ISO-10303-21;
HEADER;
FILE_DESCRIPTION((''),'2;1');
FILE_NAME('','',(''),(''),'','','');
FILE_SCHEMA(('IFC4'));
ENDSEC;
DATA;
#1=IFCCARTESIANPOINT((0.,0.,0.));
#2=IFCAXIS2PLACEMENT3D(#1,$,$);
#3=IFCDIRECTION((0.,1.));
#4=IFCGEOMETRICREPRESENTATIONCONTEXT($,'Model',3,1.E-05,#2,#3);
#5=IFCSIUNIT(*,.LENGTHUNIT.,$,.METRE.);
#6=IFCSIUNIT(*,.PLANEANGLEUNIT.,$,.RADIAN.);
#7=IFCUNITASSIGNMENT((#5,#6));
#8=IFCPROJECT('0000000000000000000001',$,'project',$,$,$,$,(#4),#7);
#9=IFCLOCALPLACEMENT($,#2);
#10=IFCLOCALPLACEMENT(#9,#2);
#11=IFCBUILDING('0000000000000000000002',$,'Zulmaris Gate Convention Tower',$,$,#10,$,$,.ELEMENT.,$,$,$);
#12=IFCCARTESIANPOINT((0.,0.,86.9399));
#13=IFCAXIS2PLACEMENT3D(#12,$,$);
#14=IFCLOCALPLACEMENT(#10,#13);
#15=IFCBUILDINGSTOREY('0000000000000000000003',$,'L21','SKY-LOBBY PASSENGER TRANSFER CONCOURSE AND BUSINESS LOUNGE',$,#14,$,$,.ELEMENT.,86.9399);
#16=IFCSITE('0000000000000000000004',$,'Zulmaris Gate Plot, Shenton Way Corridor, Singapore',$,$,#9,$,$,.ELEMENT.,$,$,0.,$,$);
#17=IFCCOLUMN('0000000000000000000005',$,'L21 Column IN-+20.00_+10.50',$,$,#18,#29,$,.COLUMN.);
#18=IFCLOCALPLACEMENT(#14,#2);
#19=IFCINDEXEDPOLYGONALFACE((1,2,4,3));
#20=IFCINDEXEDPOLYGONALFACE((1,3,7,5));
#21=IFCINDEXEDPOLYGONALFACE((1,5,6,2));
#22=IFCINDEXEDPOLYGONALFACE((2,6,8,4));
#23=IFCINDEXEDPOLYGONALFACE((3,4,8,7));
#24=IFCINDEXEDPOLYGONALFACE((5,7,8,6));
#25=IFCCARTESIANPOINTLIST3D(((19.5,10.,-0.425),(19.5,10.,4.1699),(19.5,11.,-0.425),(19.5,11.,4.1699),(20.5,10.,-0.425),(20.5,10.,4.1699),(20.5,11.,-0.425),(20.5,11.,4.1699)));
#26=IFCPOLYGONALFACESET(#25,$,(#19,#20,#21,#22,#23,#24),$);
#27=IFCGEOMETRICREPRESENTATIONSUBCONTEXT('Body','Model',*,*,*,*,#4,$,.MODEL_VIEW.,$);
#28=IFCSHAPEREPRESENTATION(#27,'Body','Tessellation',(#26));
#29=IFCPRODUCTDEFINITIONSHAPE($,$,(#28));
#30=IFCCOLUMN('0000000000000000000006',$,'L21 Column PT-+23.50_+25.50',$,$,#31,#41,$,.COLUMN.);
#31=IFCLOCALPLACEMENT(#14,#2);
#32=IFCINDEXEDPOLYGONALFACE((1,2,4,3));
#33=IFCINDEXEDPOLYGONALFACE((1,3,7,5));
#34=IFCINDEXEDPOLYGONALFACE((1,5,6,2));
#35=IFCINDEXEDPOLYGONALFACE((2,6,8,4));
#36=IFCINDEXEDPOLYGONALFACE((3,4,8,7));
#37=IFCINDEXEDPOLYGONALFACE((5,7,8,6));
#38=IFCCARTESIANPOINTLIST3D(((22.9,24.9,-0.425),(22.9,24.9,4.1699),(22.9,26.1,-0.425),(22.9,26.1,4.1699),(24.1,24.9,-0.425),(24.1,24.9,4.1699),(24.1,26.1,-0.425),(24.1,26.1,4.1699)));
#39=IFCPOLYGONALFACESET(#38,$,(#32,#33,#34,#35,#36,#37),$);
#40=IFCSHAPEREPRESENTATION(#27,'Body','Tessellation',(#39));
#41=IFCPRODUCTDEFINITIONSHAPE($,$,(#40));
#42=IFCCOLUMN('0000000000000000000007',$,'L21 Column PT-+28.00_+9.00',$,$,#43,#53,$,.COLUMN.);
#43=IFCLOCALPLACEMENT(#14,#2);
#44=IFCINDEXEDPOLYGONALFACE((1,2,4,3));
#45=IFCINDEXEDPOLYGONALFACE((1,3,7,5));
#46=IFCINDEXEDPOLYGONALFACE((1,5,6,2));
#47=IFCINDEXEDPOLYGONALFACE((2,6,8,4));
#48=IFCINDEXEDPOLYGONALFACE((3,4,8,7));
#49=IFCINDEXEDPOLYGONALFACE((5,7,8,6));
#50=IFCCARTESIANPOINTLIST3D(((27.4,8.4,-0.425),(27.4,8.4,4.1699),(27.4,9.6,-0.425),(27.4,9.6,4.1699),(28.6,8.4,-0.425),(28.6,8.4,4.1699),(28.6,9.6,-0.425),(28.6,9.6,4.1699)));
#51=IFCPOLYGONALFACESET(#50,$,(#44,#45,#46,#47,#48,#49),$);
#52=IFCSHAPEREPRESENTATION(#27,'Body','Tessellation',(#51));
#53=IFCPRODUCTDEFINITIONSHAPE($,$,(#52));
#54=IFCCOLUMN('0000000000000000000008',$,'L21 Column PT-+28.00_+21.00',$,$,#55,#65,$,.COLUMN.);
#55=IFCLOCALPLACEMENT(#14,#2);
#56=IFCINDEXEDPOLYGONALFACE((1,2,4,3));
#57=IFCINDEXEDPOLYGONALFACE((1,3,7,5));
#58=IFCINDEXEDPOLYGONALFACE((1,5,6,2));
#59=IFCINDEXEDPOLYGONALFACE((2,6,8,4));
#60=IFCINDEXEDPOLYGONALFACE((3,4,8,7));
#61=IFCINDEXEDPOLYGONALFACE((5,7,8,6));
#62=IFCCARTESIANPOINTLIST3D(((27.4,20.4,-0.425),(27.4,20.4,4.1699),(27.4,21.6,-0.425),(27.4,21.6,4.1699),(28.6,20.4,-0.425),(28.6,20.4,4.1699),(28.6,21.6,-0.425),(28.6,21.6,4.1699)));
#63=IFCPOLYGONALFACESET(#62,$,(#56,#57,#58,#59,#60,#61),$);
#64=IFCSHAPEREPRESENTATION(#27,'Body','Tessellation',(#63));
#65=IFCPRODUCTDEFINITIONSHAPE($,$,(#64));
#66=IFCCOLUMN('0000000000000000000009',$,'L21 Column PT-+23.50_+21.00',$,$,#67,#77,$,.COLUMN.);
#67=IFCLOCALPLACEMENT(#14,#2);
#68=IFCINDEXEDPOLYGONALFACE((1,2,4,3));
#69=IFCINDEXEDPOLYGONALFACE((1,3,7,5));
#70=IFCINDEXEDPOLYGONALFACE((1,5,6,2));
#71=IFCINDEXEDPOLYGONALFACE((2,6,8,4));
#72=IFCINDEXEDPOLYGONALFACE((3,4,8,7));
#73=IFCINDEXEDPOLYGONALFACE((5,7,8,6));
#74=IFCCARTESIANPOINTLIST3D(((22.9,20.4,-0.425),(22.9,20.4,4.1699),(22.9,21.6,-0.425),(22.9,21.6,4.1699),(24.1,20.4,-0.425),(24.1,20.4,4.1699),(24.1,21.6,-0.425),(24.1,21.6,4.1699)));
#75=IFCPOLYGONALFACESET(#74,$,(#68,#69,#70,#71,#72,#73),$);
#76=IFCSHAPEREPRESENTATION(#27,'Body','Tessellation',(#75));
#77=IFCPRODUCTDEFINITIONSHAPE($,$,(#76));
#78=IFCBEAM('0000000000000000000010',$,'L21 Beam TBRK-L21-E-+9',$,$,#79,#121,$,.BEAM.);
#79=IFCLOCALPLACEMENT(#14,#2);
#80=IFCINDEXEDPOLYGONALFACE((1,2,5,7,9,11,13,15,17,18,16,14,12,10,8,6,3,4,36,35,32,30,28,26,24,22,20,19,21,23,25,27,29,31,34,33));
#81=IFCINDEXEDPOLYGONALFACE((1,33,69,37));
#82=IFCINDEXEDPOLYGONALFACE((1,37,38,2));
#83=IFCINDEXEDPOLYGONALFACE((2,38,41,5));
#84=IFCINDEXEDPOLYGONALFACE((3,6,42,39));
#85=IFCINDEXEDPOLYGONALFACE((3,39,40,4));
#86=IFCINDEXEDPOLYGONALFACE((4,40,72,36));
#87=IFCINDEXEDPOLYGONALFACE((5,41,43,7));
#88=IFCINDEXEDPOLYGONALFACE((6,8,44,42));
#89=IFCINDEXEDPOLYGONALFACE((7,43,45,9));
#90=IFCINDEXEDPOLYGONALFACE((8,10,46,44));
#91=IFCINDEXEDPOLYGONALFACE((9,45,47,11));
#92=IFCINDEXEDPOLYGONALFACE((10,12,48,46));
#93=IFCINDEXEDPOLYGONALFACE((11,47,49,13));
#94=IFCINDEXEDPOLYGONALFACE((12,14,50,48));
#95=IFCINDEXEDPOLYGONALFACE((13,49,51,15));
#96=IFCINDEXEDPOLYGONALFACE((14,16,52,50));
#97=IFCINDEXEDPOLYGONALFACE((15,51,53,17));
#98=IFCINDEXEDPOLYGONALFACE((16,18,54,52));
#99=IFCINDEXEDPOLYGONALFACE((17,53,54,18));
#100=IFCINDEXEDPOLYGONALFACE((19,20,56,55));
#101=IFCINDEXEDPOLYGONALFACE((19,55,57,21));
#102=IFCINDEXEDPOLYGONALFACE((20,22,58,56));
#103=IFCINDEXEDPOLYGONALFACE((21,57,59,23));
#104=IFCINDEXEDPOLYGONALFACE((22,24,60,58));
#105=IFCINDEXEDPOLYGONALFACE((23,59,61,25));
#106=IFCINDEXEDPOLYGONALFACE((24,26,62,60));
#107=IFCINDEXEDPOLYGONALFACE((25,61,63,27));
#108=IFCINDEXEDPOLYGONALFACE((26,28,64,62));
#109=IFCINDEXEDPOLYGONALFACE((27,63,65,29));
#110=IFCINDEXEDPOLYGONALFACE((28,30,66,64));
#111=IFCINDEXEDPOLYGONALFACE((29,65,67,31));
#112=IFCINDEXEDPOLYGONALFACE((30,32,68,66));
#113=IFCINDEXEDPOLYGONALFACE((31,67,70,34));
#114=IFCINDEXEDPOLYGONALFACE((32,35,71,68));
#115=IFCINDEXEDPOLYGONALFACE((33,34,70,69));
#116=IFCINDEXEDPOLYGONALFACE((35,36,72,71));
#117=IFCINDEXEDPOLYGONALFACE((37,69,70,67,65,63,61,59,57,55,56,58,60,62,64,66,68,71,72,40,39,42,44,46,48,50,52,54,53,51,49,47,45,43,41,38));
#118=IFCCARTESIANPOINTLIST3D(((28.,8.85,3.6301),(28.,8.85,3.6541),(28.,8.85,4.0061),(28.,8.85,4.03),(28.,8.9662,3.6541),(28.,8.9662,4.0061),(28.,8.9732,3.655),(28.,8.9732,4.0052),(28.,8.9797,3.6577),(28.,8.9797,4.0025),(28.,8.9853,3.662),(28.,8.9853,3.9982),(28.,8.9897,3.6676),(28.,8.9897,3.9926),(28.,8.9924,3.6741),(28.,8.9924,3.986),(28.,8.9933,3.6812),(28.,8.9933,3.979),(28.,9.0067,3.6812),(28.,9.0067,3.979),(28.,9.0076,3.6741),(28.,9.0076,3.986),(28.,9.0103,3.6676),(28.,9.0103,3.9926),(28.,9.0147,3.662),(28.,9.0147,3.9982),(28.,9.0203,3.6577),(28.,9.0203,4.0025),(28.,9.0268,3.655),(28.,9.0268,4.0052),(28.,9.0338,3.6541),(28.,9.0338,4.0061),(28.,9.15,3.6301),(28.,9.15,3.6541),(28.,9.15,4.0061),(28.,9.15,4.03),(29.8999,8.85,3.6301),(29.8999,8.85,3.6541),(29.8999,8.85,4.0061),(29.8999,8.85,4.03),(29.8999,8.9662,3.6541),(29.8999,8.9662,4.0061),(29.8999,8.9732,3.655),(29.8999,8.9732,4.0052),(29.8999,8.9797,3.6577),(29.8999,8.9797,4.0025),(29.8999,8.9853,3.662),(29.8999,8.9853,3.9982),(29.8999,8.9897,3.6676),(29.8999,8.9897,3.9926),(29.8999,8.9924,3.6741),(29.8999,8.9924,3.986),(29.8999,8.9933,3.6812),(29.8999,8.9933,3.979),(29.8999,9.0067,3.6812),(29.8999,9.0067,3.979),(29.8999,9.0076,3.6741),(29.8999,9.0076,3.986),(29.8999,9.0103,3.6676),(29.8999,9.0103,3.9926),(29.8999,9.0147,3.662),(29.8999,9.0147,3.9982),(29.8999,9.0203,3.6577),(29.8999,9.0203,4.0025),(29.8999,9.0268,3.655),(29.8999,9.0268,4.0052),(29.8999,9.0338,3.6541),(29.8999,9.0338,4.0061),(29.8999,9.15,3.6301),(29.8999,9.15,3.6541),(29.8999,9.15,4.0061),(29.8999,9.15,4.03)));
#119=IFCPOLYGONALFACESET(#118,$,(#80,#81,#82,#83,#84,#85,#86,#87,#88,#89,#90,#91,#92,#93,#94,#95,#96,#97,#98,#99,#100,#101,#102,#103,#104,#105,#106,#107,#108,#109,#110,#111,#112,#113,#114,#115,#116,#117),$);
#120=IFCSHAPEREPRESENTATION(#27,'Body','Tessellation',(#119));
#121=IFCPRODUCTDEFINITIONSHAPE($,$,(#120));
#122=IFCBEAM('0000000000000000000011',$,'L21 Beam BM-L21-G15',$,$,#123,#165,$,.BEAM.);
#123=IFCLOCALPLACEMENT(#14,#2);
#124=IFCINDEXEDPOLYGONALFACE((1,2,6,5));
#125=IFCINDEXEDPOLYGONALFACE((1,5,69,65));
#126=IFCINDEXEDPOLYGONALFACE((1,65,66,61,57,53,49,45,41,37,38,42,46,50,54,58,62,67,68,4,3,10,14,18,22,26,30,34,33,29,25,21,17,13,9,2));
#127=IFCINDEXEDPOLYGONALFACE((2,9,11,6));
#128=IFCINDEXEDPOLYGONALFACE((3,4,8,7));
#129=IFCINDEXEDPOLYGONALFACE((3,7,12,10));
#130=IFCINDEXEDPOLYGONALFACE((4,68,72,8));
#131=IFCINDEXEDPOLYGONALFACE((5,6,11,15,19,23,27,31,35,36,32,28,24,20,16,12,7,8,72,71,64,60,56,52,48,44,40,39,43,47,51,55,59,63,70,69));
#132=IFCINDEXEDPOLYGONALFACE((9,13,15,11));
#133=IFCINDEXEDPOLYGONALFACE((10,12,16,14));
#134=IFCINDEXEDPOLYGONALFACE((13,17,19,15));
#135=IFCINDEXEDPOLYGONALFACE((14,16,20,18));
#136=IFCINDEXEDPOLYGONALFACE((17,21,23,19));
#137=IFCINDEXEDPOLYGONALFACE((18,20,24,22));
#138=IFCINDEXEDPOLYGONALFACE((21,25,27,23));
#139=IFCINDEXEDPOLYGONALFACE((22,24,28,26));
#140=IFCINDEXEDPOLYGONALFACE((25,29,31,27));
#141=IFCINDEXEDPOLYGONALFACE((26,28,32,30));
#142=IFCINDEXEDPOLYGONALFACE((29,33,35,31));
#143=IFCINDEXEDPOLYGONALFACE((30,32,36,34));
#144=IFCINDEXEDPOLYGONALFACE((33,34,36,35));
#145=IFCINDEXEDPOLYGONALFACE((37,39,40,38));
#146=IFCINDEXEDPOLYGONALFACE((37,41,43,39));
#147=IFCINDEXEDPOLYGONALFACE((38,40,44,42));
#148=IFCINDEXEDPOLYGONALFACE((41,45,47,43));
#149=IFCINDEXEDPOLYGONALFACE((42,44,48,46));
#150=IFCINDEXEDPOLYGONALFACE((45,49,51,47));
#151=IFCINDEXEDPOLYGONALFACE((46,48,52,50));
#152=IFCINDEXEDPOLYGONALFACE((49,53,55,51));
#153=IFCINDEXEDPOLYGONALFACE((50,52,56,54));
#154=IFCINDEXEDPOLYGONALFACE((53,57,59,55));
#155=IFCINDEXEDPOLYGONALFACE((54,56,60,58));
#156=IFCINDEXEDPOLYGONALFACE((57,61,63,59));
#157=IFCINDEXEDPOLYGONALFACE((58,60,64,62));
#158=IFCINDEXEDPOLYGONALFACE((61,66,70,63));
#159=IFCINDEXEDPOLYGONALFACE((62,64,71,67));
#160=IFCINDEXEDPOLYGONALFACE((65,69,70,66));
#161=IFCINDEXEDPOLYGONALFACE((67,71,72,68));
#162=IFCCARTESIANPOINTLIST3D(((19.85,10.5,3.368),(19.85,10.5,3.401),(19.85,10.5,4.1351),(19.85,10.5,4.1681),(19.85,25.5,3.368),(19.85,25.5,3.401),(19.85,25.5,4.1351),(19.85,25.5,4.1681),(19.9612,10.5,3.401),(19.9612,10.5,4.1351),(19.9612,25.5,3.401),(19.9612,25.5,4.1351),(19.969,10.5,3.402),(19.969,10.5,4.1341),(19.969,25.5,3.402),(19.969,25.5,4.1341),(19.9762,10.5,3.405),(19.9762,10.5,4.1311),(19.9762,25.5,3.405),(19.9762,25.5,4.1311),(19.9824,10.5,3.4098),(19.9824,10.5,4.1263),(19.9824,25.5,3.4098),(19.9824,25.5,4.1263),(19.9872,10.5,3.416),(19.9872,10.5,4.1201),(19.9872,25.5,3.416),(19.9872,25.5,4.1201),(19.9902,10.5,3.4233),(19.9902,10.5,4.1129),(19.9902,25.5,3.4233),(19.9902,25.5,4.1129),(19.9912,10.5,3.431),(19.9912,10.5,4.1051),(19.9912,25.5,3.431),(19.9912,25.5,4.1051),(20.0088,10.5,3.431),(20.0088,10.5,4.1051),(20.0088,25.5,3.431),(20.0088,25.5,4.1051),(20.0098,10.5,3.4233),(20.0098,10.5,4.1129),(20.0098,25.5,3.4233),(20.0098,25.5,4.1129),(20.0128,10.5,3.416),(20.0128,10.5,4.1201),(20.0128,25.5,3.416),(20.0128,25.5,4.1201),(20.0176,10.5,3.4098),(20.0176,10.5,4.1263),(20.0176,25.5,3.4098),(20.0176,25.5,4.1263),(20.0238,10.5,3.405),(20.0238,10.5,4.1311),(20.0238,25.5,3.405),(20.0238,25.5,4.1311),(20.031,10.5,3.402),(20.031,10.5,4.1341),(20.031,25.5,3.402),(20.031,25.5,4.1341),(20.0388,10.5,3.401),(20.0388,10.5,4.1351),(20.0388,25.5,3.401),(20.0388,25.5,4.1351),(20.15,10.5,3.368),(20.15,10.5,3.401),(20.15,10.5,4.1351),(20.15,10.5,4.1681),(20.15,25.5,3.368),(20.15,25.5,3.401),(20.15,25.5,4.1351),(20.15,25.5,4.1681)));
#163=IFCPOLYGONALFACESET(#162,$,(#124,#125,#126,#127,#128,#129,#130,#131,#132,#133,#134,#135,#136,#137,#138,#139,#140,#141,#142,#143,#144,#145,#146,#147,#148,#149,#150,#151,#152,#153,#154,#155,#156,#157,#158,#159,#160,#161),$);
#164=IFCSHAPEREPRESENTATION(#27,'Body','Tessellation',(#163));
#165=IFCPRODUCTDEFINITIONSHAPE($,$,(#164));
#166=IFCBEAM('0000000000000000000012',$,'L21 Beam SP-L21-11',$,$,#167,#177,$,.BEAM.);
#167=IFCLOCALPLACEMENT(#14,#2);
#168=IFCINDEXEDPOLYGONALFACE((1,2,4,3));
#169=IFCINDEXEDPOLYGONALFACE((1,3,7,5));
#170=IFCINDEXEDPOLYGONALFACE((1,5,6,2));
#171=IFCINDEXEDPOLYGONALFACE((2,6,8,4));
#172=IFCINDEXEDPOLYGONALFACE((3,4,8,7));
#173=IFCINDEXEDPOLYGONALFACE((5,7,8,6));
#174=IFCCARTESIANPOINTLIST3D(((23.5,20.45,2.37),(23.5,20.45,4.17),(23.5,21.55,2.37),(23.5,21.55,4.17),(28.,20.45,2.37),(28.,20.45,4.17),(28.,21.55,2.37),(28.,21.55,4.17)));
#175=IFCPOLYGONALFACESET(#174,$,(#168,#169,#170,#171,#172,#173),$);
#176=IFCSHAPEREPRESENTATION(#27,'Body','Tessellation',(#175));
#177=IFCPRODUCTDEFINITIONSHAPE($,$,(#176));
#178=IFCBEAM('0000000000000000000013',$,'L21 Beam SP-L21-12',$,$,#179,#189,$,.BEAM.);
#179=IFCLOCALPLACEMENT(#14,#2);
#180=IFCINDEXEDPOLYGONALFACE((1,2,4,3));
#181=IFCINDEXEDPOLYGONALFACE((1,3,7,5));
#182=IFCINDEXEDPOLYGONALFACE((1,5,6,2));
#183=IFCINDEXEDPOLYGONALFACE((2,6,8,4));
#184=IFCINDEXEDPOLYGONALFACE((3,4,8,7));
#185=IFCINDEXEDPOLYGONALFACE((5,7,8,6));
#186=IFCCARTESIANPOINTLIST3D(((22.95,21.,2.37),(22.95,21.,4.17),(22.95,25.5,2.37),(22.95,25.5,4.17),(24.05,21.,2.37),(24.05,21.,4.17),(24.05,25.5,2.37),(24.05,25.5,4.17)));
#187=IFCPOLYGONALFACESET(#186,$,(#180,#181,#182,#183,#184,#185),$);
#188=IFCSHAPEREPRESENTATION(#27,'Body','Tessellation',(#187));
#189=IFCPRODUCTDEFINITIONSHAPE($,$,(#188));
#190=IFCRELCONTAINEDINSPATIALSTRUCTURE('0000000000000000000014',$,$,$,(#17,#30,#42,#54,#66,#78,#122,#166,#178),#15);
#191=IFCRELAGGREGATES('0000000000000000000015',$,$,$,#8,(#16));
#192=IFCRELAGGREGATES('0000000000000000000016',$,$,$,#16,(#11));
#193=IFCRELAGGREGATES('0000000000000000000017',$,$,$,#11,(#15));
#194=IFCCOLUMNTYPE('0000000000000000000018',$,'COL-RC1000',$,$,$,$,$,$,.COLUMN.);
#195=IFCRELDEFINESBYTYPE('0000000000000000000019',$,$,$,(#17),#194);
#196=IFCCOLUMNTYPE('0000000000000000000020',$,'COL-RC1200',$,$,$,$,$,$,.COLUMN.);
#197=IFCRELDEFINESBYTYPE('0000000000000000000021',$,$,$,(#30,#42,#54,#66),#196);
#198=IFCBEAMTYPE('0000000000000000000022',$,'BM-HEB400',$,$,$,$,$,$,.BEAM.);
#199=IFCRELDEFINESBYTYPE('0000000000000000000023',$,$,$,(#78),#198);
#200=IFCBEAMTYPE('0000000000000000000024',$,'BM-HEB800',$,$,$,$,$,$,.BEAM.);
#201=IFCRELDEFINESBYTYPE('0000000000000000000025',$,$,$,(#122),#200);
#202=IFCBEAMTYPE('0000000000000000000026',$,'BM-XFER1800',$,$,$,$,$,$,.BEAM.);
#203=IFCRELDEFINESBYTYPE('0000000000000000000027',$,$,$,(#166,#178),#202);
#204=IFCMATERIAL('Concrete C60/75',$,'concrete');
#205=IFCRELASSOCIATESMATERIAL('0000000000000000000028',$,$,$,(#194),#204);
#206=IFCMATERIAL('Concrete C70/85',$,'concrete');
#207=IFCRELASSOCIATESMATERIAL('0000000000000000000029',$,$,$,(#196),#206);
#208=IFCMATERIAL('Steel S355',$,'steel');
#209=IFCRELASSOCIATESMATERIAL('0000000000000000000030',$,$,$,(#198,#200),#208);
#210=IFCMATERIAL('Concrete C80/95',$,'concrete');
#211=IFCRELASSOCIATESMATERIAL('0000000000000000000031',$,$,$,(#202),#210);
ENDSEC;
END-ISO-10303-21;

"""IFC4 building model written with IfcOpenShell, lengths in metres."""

from ifc_helpers import new_model, si_unit, direction, frame, origin, origin_2d, place, context, subcontext, project, spatial, rectangle, i_section, extrude, material, material_profile, profile_set, type_object, element, save


model = new_model("IFC4")

# Units and contexts
model_context = context("Model", 3, precision=1e-05, world=origin(), true_north=direction((0.0, 1.0)))
body_context = subcontext(model_context, "Body", "Model", "MODEL_VIEW")
ifc_project = project(units=[si_unit("LENGTHUNIT", "METRE"), si_unit("PLANEANGLEUNIT", "RADIAN")], contexts=[model_context])

# Site, building, storey
site_placement = place(None, origin())
site = spatial("IfcSite", under=ifc_project, at=site_placement, Name="Zulmaris Gate Plot, Shenton Way Corridor, Singapore", CompositionType="ELEMENT", RefElevation=0.0)
building_placement = place(site_placement, origin())
building = spatial("IfcBuilding", under=site, at=building_placement, Name="Zulmaris Gate Convention Tower", CompositionType="ELEMENT")
storey_placement = place(building_placement, frame((0.0, 0.0, 86.9399)))
storey = spatial("IfcBuildingStorey", under=building, at=storey_placement, Name="L21", Description="SKY-LOBBY PASSENGER TRANSFER CONCOURSE AND BUSINESS LOUNGE", CompositionType="ELEMENT", Elevation=86.9399)

# Columns
ifc_material_1 = material(Name="Concrete C60/75", Category="concrete")
ifc_material_profile_1 = material_profile(ifc_material_1, rectangle(XDim=1.0, YDim=1.0, at=origin_2d()), Name="RC COL 1000x1000")
ifc_profile_set_1 = profile_set([ifc_material_profile_1], Name="Concrete C60/75")
column_type_1 = type_object("IfcColumnType", Name="COL-RC1000", PredefinedType="COLUMN", material=ifc_profile_set_1)
column_placement = place(storey_placement, frame((20.0, 10.5, -0.425), z_axis=(0.0, 0.0, 1.0), x_axis=(1.0, 0.0, 0.0)))
element("IfcColumn", 1, at=column_placement, inside=storey, type_object=column_type_1, Name="L21 Column IN-+20.00_+10.50", PredefinedType="COLUMN", context=body_context, shape_type="SweptSolid", body=[
    extrude(rectangle(XDim=1.0, YDim=1.0, at=origin_2d()), origin(), (0.0, 0.0, 1.0), 4.595),
])
ifc_material_2 = material(Name="Concrete C70/85", Category="concrete")
ifc_material_profile_2 = material_profile(ifc_material_2, rectangle(XDim=1.2, YDim=1.2, at=origin_2d()), Name="RC COL 1200x1200")
ifc_profile_set_2 = profile_set([ifc_material_profile_2], Name="Concrete C70/85")
column_type_2 = type_object("IfcColumnType", Name="COL-RC1200", PredefinedType="COLUMN", material=ifc_profile_set_2)
for number, where, z_axis, x_axis, name in (
    (2, (23.5, 25.5, -0.425), (0.0, 0.0, 1.0), (1.0, 0.0, 0.0), "L21 Column PT-+23.50_+25.50"),
    (3, (28.0, 9.0, -0.425), (0.0, 0.0, 1.0), (1.0, 0.0, 0.0), "L21 Column PT-+28.00_+9.00"),
    (4, (28.0, 21.0, -0.425), (0.0, 0.0, 1.0), (1.0, 0.0, 0.0), "L21 Column PT-+28.00_+21.00"),
    (5, (23.5, 21.0, -0.425), (0.0, 0.0, 1.0), (1.0, 0.0, 0.0), "L21 Column PT-+23.50_+21.00"),
):
    element("IfcColumn", number, at=place(storey_placement, frame(where, z_axis=z_axis, x_axis=x_axis)), inside=storey, type_object=column_type_2, Name=name, PredefinedType="COLUMN", context=body_context, shape_type="SweptSolid", body=[
        extrude(rectangle(XDim=1.2, YDim=1.2, at=origin_2d()), origin(), (0.0, 0.0, 1.0), 4.595),
    ])

# Beams
ifc_material_3 = material(Name="Steel S355", Category="steel")
ifc_material_profile_3 = material_profile(ifc_material_3, i_section(OverallWidth=0.3, OverallDepth=0.3999, WebThickness=0.0134, FlangeThickness=0.0239, FilletRadius=0.0271, at=origin_2d()), Name="HEB 400")
ifc_profile_set_3 = profile_set([ifc_material_profile_3], Name="Steel S355")
beam_type_1 = type_object("IfcBeamType", Name="BM-HEB400", PredefinedType="BEAM", material=ifc_profile_set_3)
beam_1_placement = place(storey_placement, frame((28.0, 9.0, 3.8301), z_axis=(1.0, 0.0, 0.0), x_axis=(0.0, 1.0, 0.0)))
element("IfcBeam", 6, at=beam_1_placement, inside=storey, type_object=beam_type_1, Name="L21 Beam TBRK-L21-E-+9", PredefinedType="BEAM", context=body_context, shape_type="SweptSolid", body=[
    extrude(i_section(OverallWidth=0.3, OverallDepth=0.3999, WebThickness=0.0134, FlangeThickness=0.0239, FilletRadius=0.0271, at=origin_2d()), origin(), (0.0, 0.0, 1.0), 1.8999),
])
ifc_material_profile_4 = material_profile(ifc_material_3, i_section(OverallWidth=0.3, OverallDepth=0.8, WebThickness=0.0176, FlangeThickness=0.033, FilletRadius=0.03, at=origin_2d()), Name="HEB 800")
ifc_profile_set_4 = profile_set([ifc_material_profile_4], Name="Steel S355")
beam_type_2 = type_object("IfcBeamType", Name="BM-HEB800", PredefinedType="BEAM", material=ifc_profile_set_4)
beam_2_placement = place(storey_placement, frame((20.0, 10.5, 3.7681), z_axis=(0.0, 1.0, 0.0), x_axis=(-1.0, 0.0, 0.0)))
element("IfcBeam", 7, at=beam_2_placement, inside=storey, type_object=beam_type_2, Name="L21 Beam BM-L21-G15", PredefinedType="BEAM", context=body_context, shape_type="SweptSolid", body=[
    extrude(i_section(OverallWidth=0.3, OverallDepth=0.8, WebThickness=0.0176, FlangeThickness=0.033, FilletRadius=0.03, at=origin_2d()), origin(), (0.0, 0.0, 1.0), 15.0),
])
ifc_material_4 = material(Name="Concrete C80/95", Category="concrete")
ifc_material_profile_5 = material_profile(ifc_material_4, rectangle(XDim=1.1001, YDim=1.8, at=origin_2d()), Name="RC TRANSFER 1100x1800")
ifc_profile_set_5 = profile_set([ifc_material_profile_5], Name="Concrete C80/95")
beam_type_3 = type_object("IfcBeamType", Name="BM-XFER1800", PredefinedType="BEAM", material=ifc_profile_set_5)
for number, where, z_axis, x_axis, name in (
    (8, (28.0, 21.0, 3.27), (-1.0, 0.0, 0.0), (0.0, -1.0, 0.0), "L21 Beam SP-L21-11"),
    (9, (23.5, 21.0, 3.27), (0.0, 1.0, 0.0), (-1.0, 0.0, 0.0), "L21 Beam SP-L21-12"),
):
    element("IfcBeam", number, at=place(storey_placement, frame(where, z_axis=z_axis, x_axis=x_axis)), inside=storey, type_object=beam_type_3, Name=name, PredefinedType="BEAM", context=body_context, shape_type="SweptSolid", body=[
        extrude(rectangle(XDim=1.1001, YDim=1.8, at=origin_2d()), origin(), (0.0, 0.0, 1.0), 4.5),
    ])

save(model, "model.ifc")
